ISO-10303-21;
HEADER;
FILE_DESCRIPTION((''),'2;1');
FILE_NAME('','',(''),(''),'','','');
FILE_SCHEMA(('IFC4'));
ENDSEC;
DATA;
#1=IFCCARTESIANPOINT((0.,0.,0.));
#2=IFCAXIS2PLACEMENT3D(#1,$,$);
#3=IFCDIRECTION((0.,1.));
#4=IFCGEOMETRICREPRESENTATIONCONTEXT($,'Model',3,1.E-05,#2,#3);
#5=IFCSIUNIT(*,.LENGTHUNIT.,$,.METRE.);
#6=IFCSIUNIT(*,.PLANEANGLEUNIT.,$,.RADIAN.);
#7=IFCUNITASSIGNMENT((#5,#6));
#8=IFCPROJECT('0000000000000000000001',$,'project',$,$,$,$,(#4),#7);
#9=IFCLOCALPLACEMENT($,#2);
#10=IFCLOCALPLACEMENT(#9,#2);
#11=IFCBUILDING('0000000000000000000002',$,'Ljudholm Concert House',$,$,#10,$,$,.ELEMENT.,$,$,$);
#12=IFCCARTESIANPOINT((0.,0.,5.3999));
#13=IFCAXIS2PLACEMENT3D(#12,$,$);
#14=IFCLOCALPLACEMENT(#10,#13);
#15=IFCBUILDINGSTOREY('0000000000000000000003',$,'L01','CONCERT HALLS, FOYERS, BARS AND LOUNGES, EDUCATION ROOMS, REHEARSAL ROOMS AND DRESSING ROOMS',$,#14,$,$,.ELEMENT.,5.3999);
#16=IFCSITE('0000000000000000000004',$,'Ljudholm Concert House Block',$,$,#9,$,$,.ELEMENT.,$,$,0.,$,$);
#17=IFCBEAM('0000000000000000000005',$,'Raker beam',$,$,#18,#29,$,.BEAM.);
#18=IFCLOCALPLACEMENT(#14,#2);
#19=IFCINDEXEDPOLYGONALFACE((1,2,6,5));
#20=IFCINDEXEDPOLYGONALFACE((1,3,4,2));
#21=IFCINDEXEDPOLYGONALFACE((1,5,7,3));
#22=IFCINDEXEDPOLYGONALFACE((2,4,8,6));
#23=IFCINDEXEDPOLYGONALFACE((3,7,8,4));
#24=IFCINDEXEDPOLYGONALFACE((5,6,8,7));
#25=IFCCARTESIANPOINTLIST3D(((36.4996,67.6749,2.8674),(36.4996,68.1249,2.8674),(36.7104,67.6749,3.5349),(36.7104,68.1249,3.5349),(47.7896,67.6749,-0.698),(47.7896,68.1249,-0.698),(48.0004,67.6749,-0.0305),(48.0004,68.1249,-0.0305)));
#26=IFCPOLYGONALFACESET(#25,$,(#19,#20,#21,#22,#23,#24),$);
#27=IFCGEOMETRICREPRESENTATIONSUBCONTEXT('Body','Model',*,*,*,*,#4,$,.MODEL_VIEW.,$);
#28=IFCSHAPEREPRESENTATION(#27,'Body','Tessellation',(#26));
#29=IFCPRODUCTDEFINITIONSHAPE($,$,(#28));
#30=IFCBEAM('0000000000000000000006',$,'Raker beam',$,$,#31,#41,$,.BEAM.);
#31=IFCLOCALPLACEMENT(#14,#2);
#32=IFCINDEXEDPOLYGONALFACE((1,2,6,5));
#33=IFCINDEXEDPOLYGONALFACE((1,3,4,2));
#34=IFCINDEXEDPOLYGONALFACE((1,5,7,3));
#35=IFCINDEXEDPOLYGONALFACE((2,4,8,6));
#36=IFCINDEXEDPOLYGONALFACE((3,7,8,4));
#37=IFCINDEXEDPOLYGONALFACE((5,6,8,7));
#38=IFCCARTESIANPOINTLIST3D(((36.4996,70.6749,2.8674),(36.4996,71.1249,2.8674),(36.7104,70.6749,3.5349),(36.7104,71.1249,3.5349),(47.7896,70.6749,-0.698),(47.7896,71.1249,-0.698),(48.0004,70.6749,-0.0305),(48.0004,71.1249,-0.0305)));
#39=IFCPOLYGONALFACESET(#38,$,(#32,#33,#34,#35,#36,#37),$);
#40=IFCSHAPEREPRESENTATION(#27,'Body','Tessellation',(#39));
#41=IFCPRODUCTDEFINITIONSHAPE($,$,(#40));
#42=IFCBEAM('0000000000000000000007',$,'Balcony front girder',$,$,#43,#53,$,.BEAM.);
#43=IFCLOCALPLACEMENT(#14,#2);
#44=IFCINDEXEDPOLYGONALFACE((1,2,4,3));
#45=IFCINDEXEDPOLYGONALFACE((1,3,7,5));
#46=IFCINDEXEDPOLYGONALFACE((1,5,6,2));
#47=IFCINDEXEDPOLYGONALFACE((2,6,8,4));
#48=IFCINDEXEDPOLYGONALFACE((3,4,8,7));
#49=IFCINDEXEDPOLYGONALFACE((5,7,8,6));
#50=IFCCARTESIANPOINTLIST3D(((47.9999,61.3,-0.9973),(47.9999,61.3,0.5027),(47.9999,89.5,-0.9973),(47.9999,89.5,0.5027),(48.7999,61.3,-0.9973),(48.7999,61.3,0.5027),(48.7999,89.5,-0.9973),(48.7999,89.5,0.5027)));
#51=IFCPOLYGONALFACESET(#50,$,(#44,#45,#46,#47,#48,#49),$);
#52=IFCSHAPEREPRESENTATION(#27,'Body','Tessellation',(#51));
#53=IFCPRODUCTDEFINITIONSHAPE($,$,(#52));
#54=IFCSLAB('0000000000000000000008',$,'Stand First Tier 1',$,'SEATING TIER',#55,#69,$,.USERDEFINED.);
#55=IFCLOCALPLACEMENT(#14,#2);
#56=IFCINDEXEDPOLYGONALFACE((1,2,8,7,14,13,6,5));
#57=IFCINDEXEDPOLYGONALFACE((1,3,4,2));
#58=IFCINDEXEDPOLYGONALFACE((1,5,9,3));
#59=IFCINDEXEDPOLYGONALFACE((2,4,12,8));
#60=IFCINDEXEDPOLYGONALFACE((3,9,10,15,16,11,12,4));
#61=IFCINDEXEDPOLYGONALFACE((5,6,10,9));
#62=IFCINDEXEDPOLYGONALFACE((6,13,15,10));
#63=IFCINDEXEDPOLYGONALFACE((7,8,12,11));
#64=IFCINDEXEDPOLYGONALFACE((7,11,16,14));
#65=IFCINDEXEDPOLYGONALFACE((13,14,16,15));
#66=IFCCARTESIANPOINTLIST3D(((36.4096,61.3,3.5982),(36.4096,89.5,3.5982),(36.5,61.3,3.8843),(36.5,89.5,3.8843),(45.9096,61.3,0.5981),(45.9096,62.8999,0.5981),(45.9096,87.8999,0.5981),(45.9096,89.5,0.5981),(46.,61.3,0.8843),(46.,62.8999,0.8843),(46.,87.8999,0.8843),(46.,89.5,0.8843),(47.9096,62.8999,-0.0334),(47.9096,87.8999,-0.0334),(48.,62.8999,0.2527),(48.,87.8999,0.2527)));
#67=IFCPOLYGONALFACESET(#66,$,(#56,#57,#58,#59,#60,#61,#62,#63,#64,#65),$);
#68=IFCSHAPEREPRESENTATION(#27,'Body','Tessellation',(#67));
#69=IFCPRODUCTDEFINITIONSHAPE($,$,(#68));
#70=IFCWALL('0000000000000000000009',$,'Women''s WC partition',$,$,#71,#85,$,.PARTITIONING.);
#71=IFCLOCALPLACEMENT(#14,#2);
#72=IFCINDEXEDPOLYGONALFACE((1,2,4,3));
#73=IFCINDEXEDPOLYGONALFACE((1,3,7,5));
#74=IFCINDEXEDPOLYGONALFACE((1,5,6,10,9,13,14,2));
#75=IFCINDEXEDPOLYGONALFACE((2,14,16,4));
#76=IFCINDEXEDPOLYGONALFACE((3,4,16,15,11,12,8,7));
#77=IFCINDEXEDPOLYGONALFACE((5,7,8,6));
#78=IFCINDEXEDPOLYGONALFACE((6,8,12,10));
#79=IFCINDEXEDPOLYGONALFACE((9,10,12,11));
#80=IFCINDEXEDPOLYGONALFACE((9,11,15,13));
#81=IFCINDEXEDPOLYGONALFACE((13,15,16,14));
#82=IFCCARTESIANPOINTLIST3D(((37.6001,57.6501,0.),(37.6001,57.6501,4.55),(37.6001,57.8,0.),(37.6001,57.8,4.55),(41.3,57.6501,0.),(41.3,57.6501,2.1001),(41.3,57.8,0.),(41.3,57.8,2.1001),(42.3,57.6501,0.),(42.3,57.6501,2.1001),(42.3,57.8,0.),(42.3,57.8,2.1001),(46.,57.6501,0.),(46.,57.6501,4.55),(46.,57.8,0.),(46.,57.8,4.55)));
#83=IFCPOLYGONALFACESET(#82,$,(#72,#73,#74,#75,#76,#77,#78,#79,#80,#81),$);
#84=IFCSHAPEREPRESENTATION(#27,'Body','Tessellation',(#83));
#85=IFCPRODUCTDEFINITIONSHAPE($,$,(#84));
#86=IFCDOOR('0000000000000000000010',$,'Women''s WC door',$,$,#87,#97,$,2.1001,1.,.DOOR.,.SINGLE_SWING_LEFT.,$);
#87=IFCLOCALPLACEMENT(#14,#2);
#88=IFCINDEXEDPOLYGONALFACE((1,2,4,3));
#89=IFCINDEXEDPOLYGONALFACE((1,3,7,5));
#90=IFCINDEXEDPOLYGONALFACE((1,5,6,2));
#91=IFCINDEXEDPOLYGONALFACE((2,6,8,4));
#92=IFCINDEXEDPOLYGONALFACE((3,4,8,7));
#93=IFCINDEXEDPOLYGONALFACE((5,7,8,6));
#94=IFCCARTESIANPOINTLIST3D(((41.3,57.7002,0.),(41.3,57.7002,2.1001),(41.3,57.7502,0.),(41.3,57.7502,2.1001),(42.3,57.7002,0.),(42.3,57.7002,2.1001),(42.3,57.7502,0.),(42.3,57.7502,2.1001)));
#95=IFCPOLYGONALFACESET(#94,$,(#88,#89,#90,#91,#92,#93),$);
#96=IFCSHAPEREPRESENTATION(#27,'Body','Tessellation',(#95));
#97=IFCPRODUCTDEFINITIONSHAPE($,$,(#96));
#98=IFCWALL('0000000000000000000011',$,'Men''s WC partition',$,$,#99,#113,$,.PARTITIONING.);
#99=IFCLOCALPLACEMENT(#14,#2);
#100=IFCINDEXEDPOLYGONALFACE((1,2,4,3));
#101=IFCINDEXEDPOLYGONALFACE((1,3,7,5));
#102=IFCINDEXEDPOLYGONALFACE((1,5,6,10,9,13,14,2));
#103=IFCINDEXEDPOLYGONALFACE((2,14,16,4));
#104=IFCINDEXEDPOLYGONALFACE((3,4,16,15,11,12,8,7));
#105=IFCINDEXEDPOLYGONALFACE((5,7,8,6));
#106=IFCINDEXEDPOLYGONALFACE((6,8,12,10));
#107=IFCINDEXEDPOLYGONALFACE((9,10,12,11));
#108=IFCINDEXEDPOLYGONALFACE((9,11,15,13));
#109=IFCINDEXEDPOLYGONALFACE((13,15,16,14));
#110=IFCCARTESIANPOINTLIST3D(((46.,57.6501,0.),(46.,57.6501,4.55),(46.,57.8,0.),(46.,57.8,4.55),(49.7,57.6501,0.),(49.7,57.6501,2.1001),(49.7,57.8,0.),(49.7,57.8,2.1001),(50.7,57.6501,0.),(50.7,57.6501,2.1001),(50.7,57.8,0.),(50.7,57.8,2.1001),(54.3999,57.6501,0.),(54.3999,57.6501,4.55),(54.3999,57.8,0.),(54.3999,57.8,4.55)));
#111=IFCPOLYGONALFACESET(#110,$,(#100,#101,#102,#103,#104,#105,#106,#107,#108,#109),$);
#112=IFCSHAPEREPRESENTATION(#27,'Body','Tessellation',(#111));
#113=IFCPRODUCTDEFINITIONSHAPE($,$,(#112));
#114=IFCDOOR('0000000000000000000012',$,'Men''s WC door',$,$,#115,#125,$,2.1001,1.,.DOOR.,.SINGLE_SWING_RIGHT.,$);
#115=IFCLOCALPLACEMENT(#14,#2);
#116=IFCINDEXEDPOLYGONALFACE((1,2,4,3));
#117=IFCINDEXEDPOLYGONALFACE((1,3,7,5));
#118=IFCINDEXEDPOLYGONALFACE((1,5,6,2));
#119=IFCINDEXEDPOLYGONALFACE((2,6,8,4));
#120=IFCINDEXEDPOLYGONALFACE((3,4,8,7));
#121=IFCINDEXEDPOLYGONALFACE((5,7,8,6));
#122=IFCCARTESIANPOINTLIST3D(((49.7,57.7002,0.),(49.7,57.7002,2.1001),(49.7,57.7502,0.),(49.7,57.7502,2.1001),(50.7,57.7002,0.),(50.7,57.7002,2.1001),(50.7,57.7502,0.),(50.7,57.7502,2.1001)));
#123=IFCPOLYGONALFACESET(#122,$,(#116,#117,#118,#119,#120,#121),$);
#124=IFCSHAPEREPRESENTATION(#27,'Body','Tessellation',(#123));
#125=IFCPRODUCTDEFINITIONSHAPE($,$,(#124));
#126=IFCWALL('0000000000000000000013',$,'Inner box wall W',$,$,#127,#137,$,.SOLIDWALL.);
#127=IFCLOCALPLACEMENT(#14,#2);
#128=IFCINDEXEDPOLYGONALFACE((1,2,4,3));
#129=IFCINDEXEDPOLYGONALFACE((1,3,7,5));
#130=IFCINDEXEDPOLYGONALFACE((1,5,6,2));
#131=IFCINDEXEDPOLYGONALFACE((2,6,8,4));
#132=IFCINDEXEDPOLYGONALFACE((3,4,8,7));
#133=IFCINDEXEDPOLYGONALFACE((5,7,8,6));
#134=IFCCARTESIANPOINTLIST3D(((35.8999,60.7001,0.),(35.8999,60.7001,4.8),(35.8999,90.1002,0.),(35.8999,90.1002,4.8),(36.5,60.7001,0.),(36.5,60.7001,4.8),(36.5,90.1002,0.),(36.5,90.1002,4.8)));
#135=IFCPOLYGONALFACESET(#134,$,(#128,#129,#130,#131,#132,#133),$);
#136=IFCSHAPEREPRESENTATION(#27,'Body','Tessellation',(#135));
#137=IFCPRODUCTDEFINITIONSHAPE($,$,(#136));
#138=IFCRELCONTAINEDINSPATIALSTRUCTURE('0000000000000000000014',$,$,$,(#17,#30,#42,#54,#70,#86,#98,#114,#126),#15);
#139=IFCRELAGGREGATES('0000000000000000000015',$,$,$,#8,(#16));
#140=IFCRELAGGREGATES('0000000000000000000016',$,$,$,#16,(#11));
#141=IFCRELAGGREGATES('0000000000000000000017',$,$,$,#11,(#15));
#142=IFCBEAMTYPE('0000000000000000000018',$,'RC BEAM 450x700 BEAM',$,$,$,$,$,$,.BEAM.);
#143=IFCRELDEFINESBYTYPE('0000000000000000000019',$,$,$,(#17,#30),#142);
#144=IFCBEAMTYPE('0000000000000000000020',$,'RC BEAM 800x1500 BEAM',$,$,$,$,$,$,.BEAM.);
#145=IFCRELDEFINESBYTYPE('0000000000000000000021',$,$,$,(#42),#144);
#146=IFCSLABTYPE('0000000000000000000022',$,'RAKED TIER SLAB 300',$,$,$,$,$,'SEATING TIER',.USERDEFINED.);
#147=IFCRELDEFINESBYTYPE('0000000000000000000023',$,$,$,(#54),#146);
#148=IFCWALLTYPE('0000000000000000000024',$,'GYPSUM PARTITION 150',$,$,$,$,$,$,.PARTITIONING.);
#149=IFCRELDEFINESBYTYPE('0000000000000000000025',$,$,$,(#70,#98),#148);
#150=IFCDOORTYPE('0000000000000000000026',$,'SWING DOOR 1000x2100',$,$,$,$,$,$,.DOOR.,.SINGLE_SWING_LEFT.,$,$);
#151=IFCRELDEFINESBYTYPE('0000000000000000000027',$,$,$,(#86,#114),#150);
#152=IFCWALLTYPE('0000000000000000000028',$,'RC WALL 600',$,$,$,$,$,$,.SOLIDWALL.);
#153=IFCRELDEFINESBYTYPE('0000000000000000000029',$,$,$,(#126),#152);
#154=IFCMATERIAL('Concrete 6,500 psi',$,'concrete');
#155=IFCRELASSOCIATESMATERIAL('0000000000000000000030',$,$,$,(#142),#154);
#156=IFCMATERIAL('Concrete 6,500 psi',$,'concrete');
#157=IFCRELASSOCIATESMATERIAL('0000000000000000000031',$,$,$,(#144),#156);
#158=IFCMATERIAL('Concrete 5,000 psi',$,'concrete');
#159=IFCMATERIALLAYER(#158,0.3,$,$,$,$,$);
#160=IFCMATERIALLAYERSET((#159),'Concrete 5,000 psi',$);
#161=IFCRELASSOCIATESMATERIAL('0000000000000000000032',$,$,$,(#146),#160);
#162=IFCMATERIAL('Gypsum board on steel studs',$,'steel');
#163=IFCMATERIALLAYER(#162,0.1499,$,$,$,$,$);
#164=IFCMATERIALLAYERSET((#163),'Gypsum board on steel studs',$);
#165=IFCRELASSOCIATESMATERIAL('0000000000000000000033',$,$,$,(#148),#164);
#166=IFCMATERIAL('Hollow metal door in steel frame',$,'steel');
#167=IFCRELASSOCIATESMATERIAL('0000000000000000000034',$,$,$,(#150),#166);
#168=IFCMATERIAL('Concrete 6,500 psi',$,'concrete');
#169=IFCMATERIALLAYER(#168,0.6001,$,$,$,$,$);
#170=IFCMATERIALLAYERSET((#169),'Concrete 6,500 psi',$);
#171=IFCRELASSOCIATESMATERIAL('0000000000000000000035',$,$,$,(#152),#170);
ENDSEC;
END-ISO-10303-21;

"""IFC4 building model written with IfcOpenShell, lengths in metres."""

from ifc_helpers import new_model, si_unit, direction, frame, frame_2d, origin, origin_2d, place, context, subcontext, project, spatial, polyline, rectangle, outline, extrude, material, layer, layer_set, material_profile, profile_set, type_object, element, fill, save


model = new_model("IFC4")

# Units and contexts
model_context = context("Model", 3, precision=1e-05, world=origin(), true_north=direction((0.0, 1.0)))
body_context = subcontext(model_context, "Body", "Model", "MODEL_VIEW")
ifc_project = project(units=[si_unit("LENGTHUNIT", "METRE"), si_unit("PLANEANGLEUNIT", "RADIAN")], contexts=[model_context])

# Site, building, storey
site_placement = place(None, origin())
site = spatial("IfcSite", under=ifc_project, at=site_placement, Name="Ljudholm Concert House Block", CompositionType="ELEMENT", RefElevation=0.0)
building_placement = place(site_placement, origin())
building = spatial("IfcBuilding", under=site, at=building_placement, Name="Ljudholm Concert House", CompositionType="ELEMENT")
storey_placement = place(building_placement, frame((0.0, 0.0, 5.3999)))
storey = spatial("IfcBuildingStorey", under=building, at=storey_placement, Name="L01", Description="CONCERT HALLS, FOYERS, BARS AND LOUNGES, EDUCATION ROOMS, REHEARSAL ROOMS AND DRESSING ROOMS", CompositionType="ELEMENT", Elevation=5.3999)

# Beams
ifc_material_1 = material(Name="Concrete 6,500 psi", Category="concrete")
ifc_material_profile_1 = material_profile(ifc_material_1, rectangle(XDim=0.45, YDim=0.7, at=origin_2d()), Name="RC BEAM 450x700 BEAM")
ifc_profile_set_1 = profile_set([ifc_material_profile_1], Name="Concrete 6,500 psi")
beam_type_1 = type_object("IfcBeamType", Name="RC BEAM 450x700 BEAM", PredefinedType="BEAM", material=ifc_profile_set_1)
for number, where, z_axis, x_axis, name in (
    (1, (36.605, 67.8999, 3.2012), (0.953579, 0.0, -0.301143), (0.0, 1.0, 0.0), "Raker beam"),
    (2, (36.605, 70.8999, 3.2012), (0.953579, 0.0, -0.301143), (0.0, 1.0, 0.0), "Raker beam"),
):
    element("IfcBeam", number, at=place(storey_placement, frame(where, z_axis=z_axis, x_axis=x_axis)), inside=storey, type_object=beam_type_1, Name=name, PredefinedType="BEAM", context=body_context, shape_type="SweptSolid", body=[
        extrude(rectangle(XDim=0.45, YDim=0.7, at=origin_2d()), origin(), (0.0, 0.0, 1.0), 11.8396),
    ])
ifc_material_2 = material(Name="Concrete 6,500 psi", Category="concrete")
ifc_material_profile_2 = material_profile(ifc_material_2, rectangle(XDim=0.8, YDim=1.5, at=origin_2d()), Name="RC BEAM 800x1500 BEAM")
ifc_profile_set_2 = profile_set([ifc_material_profile_2], Name="Concrete 6,500 psi")
beam_type_2 = type_object("IfcBeamType", Name="RC BEAM 800x1500 BEAM", PredefinedType="BEAM", material=ifc_profile_set_2)
beam_1_placement = place(storey_placement, frame((48.3999, 61.3, -0.2473), z_axis=(0.0, 1.0, 0.0), x_axis=(-1.0, 0.0, 0.0)))
element("IfcBeam", 3, at=beam_1_placement, inside=storey, type_object=beam_type_2, Name="Balcony front girder", PredefinedType="BEAM", context=body_context, shape_type="SweptSolid", body=[
    extrude(rectangle(XDim=0.8, YDim=1.5, at=origin_2d()), origin(), (0.0, 0.0, 1.0), 28.2),
])

# Slab
ifc_material_3 = material(Name="Concrete 5,000 psi", Category="concrete")
ifc_layer_1 = layer(ifc_material_3, 0.3)
ifc_layer_set_1 = layer_set([ifc_layer_1], Name="Concrete 5,000 psi")
slab_type = type_object("IfcSlabType", Name="RAKED TIER SLAB 300", ElementType="SEATING TIER", PredefinedType="USERDEFINED", material=ifc_layer_set_1)
slab_placement = place(storey_placement, frame((48.0, 62.8999, 0.2527), z_axis=(0.301132, 0.0, 0.953582), x_axis=(-0.953582, 0.0, 0.301132)))
element("IfcSlab", 4, at=slab_placement, inside=storey, type_object=slab_type, Name="Stand First Tier 1", ObjectType="SEATING TIER", PredefinedType="USERDEFINED", context=body_context, shape_type="SweptSolid", body=[
    extrude(outline(polyline([(0.0, 0.0), (2.0974, 0.0), (2.0974, 1.5999), (12.0598, 1.5999), (12.0598, -26.6001), (2.0974, -26.6001), (2.0974, -25.0), (0.0, -25.0), (0.0, 0.0)])), origin(), (0.0, 0.0, -1.0), 0.3),
])

# Walls, openings, doors
ifc_material_4 = material(Name="Gypsum board on steel studs", Category="steel")
ifc_layer_2 = layer(ifc_material_4, 0.1499)
ifc_layer_set_2 = layer_set([ifc_layer_2], Name="Gypsum board on steel studs")
wall_type_1 = type_object("IfcWallType", Name="GYPSUM PARTITION 150", PredefinedType="PARTITIONING", material=ifc_layer_set_2)
wall_1_placement = place(storey_placement, frame((37.6001, 57.7251, 0.0), z_axis=(0.0, 0.0, 1.0), x_axis=(1.0, 0.0, 0.0)))
wall_1 = element("IfcWall", 5, at=wall_1_placement, inside=storey, type_object=wall_type_1, Name="Women's WC partition", PredefinedType="PARTITIONING", context=body_context, shape_type="SweptSolid", body=[
    extrude(rectangle(XDim=8.3999, YDim=0.1499, at=frame_2d((4.2, 0.0))), origin(), (0.0, 0.0, 1.0), 4.55),
])
opening_1_placement = place(wall_1_placement, frame((3.7, 0.0, 0.0)))
opening_1 = element("IfcOpeningElement", 6, at=opening_1_placement, cuts=wall_1, PredefinedType="OPENING", context=body_context, shape_type="SweptSolid", body=[
    extrude(rectangle(XDim=1.0, YDim=2.1001, at=frame_2d((0.5, 1.05))), frame((0.0, 0.085, 0.0), z_axis=(0.0, -1.0, 0.0), x_axis=(1.0, 0.0, 0.0)), (0.0, 0.0, 1.0), 0.1699),
])
ifc_material_5 = material(Name="Hollow metal door in steel frame", Category="steel")
door_type_1 = type_object("IfcDoorType", Name="SWING DOOR 1000x2100", OperationType="SINGLE_SWING_LEFT", PredefinedType="DOOR", material=ifc_material_5)
door_1_placement = place(opening_1_placement, frame((1.0, 0.0, 0.0), z_axis=(0.0, 0.0, 1.0), x_axis=(-1.0, 0.0, 0.0)))
door_1 = element("IfcDoor", 7, at=door_1_placement, inside=storey, type_object=door_type_1, Name="Women's WC door", OperationType="SINGLE_SWING_LEFT", OverallHeight=2.1001, OverallWidth=1.0, PredefinedType="DOOR", context=body_context, shape_type="SweptSolid", body=[
    extrude(rectangle(XDim=1.0, YDim=2.1001, at=frame_2d((0.5, 1.05))), frame((0.0, 0.0249, 0.0), z_axis=(0.0, -1.0, 0.0), x_axis=(1.0, 0.0, 0.0)), (0.0, 0.0, 1.0), 0.05),
])
fill(opening_1, door_1)
wall_2_placement = place(storey_placement, frame((46.0, 57.7251, 0.0), z_axis=(0.0, 0.0, 1.0), x_axis=(1.0, 0.0, 0.0)))
wall_2 = element("IfcWall", 8, at=wall_2_placement, inside=storey, type_object=wall_type_1, Name="Men's WC partition", PredefinedType="PARTITIONING", context=body_context, shape_type="SweptSolid", body=[
    extrude(rectangle(XDim=8.3999, YDim=0.1499, at=frame_2d((4.2, 0.0))), origin(), (0.0, 0.0, 1.0), 4.55),
])
opening_2_placement = place(wall_2_placement, frame((3.7, 0.0, 0.0)))
opening_2 = element("IfcOpeningElement", 9, at=opening_2_placement, cuts=wall_2, PredefinedType="OPENING", context=body_context, shape_type="SweptSolid", body=[
    extrude(rectangle(XDim=1.0, YDim=2.1001, at=frame_2d((0.5, 1.05))), frame((0.0, 0.085, 0.0), z_axis=(0.0, -1.0, 0.0), x_axis=(1.0, 0.0, 0.0)), (0.0, 0.0, 1.0), 0.1699),
])
door_2_placement = place(opening_2_placement, frame((1.0, 0.0, 0.0), z_axis=(0.0, 0.0, 1.0), x_axis=(-1.0, 0.0, 0.0)))
door_2 = element("IfcDoor", 10, at=door_2_placement, inside=storey, type_object=door_type_1, Name="Men's WC door", OperationType="SINGLE_SWING_RIGHT", OverallHeight=2.1001, OverallWidth=1.0, PredefinedType="DOOR", context=body_context, shape_type="SweptSolid", body=[
    extrude(rectangle(XDim=1.0, YDim=2.1001, at=frame_2d((0.5, 1.05))), frame((0.0, 0.0249, 0.0), z_axis=(0.0, -1.0, 0.0), x_axis=(1.0, 0.0, 0.0)), (0.0, 0.0, 1.0), 0.05),
])
fill(opening_2, door_2)

# Wall
ifc_material_6 = material(Name="Concrete 6,500 psi", Category="concrete")
ifc_layer_3 = layer(ifc_material_6, 0.6001)
ifc_layer_set_3 = layer_set([ifc_layer_3], Name="Concrete 6,500 psi")
wall_type_2 = type_object("IfcWallType", Name="RC WALL 600", PredefinedType="SOLIDWALL", material=ifc_layer_set_3)
wall_3_placement = place(storey_placement, frame((36.2, 60.7, 0.0), z_axis=(0.0, 0.0, 1.0), x_axis=(0.0, 1.0, 0.0)))
element("IfcWall", 11, at=wall_3_placement, inside=storey, type_object=wall_type_2, Name="Inner box wall W", PredefinedType="SOLIDWALL", context=body_context, shape_type="SweptSolid", body=[
    extrude(rectangle(XDim=29.4001, YDim=0.6001, at=frame_2d((14.7002, 0.0))), origin(), (0.0, 0.0, 1.0), 4.8),
])

save(model, "model.ifc")
